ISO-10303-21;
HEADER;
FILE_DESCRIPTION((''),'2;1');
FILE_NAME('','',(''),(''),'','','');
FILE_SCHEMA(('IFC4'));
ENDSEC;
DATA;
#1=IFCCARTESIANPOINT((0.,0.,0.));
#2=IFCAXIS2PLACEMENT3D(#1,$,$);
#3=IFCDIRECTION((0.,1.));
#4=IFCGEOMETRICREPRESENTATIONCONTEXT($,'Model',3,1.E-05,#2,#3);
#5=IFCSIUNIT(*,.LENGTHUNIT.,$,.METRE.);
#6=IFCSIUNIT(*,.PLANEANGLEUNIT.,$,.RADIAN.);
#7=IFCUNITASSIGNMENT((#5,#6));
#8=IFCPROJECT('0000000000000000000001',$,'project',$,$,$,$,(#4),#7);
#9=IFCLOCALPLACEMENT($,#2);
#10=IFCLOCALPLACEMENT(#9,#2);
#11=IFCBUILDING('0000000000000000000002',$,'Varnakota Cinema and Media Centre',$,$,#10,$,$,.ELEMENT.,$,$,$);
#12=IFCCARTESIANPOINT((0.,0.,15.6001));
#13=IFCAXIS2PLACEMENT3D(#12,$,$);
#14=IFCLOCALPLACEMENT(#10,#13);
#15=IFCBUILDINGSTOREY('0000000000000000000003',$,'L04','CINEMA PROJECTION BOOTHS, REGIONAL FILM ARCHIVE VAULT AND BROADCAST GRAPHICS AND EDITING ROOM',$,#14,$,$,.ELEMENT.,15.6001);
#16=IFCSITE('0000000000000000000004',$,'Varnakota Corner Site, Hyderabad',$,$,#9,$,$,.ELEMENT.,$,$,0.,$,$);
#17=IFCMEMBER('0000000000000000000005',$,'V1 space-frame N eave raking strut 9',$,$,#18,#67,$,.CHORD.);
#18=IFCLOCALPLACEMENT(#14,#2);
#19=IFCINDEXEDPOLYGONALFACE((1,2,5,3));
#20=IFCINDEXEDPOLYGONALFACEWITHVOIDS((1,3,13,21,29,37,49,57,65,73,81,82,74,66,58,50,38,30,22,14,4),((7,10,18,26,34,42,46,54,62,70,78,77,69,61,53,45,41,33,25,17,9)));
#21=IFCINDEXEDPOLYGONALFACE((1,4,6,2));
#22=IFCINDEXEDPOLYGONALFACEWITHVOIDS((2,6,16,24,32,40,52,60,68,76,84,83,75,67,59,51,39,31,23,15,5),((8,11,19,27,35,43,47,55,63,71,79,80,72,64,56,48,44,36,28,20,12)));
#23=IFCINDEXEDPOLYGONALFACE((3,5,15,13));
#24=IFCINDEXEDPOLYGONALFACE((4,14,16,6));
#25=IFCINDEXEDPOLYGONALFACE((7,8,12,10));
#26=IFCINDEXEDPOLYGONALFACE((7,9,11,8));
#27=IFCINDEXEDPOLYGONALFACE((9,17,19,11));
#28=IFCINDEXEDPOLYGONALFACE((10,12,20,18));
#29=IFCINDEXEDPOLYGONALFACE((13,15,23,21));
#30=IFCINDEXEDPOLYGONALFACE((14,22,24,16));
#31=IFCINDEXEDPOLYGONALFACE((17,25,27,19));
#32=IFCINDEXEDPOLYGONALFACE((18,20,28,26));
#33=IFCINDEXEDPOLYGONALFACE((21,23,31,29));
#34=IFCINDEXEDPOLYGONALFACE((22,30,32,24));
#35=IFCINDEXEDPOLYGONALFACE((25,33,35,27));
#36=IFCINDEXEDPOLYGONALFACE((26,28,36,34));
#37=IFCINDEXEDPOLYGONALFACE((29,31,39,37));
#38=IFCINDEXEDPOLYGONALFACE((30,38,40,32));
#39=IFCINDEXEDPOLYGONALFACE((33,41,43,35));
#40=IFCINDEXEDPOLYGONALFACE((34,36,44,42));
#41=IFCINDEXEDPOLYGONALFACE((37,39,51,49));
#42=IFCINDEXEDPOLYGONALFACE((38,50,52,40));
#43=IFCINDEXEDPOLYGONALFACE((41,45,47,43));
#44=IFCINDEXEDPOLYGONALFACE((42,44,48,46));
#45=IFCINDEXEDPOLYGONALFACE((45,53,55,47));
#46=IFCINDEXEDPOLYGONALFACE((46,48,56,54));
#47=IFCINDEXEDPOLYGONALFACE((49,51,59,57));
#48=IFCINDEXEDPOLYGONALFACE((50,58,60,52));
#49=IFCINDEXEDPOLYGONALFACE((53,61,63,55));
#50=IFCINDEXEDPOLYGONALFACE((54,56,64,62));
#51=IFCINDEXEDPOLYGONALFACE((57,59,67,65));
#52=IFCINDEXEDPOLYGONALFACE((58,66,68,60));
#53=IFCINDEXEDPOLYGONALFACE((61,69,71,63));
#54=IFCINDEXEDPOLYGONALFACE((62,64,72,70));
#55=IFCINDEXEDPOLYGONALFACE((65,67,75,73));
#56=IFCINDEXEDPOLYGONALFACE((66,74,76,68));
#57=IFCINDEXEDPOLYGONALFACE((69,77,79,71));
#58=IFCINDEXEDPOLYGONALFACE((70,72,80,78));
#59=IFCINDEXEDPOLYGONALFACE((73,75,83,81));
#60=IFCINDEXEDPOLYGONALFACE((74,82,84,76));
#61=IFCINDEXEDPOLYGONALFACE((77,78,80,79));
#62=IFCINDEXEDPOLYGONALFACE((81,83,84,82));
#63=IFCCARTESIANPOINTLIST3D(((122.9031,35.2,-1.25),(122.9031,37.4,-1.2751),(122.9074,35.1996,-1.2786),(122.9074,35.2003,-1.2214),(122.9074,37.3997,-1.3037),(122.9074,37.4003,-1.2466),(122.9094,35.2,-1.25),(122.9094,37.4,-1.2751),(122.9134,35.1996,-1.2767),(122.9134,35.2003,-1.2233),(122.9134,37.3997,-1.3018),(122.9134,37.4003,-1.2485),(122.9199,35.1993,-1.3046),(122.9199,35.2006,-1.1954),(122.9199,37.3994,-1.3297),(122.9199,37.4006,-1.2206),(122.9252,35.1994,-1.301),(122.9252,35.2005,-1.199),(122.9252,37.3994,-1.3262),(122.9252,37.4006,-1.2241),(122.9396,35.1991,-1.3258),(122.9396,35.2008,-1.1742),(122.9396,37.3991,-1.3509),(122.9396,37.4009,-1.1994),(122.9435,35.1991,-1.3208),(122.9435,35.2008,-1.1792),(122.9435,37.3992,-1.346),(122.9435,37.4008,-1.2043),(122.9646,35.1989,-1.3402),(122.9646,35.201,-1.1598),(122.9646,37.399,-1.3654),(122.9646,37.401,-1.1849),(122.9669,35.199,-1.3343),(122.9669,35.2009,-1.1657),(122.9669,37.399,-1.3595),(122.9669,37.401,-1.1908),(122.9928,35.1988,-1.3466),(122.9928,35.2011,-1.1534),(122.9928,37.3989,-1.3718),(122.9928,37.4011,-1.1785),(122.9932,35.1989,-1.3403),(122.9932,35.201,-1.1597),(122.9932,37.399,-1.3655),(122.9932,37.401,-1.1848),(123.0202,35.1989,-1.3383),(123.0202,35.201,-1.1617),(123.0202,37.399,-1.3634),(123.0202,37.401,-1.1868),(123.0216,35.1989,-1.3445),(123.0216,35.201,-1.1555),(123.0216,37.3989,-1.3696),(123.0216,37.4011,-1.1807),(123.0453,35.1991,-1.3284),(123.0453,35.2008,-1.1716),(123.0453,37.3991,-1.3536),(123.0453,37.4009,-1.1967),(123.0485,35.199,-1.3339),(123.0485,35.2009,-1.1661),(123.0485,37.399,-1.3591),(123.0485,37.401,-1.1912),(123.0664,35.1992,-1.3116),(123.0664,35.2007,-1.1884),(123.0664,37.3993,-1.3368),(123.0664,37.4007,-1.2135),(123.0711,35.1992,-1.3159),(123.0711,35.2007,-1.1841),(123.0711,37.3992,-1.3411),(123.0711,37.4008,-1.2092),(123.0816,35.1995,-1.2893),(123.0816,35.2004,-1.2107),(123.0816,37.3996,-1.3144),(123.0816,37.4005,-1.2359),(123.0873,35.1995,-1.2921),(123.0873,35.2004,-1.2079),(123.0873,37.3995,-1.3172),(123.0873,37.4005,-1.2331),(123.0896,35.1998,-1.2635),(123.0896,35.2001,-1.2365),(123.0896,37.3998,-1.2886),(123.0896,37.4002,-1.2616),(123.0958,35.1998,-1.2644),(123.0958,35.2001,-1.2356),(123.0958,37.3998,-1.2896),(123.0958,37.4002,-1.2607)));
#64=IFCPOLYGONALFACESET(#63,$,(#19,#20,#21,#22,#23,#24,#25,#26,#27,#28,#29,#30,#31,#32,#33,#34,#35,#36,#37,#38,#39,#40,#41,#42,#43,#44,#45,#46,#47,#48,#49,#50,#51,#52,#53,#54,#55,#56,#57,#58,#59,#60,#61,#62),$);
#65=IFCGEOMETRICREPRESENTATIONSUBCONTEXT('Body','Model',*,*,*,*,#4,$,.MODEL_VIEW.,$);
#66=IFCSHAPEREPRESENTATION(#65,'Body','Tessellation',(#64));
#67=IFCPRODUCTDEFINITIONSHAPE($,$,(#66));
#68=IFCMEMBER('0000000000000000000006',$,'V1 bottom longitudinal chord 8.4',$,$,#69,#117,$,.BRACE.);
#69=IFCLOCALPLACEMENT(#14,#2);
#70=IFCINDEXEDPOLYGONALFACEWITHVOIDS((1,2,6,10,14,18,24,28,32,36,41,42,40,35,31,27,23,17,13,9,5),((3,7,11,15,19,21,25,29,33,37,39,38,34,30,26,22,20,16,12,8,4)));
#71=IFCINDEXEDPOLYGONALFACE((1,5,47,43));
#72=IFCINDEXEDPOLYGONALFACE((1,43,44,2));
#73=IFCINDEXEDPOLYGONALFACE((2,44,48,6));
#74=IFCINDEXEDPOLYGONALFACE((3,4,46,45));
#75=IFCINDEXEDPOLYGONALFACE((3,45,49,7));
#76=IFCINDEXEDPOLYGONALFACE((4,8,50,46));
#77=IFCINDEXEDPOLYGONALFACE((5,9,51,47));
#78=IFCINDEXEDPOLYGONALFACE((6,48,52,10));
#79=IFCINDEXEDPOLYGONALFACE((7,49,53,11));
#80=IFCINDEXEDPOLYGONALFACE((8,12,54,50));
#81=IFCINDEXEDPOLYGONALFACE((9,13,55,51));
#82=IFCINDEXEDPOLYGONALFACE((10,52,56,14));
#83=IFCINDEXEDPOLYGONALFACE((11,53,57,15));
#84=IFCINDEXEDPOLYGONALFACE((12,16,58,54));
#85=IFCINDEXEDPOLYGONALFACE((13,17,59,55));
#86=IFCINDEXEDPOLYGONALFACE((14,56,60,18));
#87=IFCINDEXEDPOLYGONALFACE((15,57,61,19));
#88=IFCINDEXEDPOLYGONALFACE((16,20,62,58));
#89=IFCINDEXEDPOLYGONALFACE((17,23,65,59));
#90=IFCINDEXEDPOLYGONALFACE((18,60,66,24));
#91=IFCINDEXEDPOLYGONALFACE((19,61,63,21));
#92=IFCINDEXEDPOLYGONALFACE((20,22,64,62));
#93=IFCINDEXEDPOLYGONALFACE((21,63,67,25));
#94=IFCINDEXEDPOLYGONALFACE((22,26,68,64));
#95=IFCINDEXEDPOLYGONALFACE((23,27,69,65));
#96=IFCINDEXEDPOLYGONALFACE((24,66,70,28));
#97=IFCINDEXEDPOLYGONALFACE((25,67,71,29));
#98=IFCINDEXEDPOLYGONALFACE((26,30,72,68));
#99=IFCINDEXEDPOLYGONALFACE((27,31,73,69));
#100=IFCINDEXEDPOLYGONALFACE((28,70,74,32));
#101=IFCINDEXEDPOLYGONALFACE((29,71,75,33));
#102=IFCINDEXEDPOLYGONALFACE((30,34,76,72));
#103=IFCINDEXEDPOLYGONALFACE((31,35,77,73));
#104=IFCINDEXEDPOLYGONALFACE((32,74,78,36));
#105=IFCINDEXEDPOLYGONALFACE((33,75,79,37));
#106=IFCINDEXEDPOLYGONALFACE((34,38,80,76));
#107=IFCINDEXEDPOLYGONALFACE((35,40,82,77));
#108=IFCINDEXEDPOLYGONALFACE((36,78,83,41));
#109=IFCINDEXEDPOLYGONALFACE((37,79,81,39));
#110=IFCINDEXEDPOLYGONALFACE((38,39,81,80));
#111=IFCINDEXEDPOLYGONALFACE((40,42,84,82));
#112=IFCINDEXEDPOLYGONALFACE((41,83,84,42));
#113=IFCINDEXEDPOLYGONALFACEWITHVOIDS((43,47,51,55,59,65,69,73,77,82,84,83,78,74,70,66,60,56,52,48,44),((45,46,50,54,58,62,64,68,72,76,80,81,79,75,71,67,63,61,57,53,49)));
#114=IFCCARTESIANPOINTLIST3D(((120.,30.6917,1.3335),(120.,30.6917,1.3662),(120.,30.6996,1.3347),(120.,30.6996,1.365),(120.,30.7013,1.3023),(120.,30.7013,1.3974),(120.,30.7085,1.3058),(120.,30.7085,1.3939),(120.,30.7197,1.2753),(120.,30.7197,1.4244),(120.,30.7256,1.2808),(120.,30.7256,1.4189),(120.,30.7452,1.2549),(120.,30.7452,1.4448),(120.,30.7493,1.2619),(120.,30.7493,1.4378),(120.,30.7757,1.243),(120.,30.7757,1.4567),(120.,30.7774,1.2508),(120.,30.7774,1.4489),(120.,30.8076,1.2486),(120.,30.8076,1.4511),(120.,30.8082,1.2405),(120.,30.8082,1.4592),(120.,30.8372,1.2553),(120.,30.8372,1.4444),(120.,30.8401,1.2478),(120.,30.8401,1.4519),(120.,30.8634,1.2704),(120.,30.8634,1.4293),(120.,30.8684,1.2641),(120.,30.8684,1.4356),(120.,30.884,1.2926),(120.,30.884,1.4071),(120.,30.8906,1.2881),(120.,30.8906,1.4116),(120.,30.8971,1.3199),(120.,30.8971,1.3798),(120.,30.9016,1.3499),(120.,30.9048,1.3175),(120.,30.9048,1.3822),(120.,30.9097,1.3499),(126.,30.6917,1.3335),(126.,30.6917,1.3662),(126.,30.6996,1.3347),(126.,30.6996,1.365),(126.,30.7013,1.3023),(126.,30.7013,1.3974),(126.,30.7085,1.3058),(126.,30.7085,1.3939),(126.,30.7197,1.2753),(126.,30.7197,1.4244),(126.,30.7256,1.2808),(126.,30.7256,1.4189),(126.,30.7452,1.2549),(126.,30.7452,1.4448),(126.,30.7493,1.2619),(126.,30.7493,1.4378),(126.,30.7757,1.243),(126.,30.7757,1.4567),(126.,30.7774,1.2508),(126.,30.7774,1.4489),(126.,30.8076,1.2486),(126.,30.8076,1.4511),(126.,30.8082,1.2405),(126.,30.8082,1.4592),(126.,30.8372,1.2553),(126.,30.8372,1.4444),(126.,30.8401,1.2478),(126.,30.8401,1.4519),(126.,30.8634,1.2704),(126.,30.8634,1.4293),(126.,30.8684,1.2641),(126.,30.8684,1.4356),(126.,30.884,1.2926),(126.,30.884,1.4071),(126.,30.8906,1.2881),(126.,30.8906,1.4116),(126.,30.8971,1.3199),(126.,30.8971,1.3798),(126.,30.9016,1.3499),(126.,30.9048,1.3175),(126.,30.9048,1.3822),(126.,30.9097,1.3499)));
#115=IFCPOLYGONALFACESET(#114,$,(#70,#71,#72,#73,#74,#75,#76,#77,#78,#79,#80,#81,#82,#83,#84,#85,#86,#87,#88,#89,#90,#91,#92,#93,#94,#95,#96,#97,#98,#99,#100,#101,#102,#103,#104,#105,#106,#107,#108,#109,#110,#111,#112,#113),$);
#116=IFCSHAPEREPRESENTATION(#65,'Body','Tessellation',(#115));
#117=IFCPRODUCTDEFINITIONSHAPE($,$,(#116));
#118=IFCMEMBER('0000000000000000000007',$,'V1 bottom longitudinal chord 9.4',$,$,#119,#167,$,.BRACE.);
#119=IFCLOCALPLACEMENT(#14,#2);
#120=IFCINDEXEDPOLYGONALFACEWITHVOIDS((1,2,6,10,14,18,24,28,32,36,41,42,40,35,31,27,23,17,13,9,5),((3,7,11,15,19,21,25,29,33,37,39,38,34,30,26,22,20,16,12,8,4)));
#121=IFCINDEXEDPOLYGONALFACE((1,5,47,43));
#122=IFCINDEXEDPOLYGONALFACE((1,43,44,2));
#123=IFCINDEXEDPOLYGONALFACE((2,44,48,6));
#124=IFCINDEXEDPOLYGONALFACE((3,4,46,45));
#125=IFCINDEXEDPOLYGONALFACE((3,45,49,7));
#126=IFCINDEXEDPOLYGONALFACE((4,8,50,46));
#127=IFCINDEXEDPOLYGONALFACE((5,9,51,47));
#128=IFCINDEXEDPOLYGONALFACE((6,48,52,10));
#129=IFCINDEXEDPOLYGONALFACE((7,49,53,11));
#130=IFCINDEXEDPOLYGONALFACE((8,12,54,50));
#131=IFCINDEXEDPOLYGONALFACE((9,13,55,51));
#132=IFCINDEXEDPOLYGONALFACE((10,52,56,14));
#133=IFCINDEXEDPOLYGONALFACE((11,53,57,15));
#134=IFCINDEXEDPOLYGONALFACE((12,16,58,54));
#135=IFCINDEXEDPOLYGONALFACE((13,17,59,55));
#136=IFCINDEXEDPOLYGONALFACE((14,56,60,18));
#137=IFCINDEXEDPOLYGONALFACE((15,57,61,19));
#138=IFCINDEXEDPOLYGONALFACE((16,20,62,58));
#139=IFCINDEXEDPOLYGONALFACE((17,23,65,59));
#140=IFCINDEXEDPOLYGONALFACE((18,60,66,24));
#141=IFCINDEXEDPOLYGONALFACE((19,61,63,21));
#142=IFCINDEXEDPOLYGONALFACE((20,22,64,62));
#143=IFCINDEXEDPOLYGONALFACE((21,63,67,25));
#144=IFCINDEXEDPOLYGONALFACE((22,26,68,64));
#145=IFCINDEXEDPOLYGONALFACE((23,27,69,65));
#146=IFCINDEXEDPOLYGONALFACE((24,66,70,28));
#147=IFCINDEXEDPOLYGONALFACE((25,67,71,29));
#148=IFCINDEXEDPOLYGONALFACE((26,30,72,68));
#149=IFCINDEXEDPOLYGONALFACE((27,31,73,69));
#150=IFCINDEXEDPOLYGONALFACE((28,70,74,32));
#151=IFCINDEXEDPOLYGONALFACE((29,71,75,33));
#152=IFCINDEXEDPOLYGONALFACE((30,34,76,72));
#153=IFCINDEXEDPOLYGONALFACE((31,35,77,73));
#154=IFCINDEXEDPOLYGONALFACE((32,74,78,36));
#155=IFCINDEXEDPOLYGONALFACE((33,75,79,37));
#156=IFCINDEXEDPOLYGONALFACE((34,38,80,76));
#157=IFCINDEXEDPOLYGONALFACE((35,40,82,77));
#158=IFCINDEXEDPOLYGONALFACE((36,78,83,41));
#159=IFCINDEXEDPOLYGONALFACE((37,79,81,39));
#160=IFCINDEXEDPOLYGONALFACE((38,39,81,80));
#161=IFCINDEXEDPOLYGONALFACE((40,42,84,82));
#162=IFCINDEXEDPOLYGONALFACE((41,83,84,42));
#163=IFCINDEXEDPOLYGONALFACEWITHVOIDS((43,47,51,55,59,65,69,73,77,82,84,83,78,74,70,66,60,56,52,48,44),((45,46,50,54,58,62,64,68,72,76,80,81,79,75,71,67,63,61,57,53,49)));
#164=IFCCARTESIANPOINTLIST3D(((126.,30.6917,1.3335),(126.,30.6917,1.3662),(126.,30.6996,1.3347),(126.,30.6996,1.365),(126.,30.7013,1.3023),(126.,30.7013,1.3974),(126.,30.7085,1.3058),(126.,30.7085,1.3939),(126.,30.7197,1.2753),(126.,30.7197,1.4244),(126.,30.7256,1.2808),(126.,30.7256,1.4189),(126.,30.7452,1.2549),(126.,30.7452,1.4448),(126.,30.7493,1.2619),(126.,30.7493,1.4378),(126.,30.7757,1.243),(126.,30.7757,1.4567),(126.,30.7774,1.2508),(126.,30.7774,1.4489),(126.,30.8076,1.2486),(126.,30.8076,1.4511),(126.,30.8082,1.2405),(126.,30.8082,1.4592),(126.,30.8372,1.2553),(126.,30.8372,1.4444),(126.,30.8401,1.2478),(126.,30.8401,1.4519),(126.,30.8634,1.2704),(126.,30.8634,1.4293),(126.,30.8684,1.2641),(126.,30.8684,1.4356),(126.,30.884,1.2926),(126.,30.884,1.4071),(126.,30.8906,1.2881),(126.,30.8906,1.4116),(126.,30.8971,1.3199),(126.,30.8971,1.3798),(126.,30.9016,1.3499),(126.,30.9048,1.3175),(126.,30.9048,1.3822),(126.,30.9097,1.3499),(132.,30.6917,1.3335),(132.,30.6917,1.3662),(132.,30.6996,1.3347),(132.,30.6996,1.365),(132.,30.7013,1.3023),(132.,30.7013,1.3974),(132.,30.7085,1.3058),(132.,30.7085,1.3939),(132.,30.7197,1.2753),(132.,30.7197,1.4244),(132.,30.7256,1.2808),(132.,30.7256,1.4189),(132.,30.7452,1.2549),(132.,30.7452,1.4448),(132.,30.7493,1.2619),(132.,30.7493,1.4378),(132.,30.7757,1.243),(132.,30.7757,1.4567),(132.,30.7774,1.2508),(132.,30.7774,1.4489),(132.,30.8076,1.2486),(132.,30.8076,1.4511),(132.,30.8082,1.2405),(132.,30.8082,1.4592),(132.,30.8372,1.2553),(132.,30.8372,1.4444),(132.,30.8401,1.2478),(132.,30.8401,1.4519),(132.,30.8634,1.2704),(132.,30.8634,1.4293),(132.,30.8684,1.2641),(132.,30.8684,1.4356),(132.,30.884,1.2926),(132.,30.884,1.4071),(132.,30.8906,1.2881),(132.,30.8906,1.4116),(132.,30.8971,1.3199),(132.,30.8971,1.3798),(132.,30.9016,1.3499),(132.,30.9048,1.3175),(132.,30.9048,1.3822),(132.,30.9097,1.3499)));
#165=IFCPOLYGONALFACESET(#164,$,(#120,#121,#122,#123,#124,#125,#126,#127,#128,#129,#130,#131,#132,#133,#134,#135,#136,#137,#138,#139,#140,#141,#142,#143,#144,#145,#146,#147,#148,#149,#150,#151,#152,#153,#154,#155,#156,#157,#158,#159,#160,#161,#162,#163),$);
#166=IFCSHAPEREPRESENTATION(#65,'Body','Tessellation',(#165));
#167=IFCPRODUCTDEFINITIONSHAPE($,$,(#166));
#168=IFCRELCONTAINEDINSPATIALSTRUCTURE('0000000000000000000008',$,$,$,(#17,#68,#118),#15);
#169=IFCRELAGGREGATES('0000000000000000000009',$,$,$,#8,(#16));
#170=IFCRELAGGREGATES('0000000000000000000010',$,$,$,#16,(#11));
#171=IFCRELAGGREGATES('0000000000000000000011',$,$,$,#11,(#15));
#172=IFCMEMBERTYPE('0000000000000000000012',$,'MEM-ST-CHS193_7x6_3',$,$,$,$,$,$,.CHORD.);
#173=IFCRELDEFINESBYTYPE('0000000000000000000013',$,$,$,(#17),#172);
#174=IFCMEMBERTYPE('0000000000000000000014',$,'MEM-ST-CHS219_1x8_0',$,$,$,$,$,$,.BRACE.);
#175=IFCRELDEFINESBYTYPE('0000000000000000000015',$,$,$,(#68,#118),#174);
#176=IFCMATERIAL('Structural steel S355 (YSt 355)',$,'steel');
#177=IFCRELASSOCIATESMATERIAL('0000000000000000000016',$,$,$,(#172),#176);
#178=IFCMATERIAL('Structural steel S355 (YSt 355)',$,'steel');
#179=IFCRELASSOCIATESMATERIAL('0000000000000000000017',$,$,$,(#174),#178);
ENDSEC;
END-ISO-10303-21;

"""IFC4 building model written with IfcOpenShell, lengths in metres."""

from ifc_helpers import new_model, si_unit, direction, frame, origin, origin_2d, place, context, subcontext, project, spatial, hollow_circle, extrude, material, material_profile, profile_set, type_object, element, save


model = new_model("IFC4")

# Units and contexts
model_context = context("Model", 3, precision=1e-05, world=origin(), true_north=direction((0.0, 1.0)))
body_context = subcontext(model_context, "Body", "Model", "MODEL_VIEW")
ifc_project = project(units=[si_unit("LENGTHUNIT", "METRE"), si_unit("PLANEANGLEUNIT", "RADIAN")], contexts=[model_context])

# Site, building, storey
site_placement = place(None, origin())
site = spatial("IfcSite", under=ifc_project, at=site_placement, Name="Varnakota Corner Site, Hyderabad", CompositionType="ELEMENT", RefElevation=0.0)
building_placement = place(site_placement, origin())
building = spatial("IfcBuilding", under=site, at=building_placement, Name="Varnakota Cinema and Media Centre", CompositionType="ELEMENT")
storey_placement = place(building_placement, frame((0.0, 0.0, 15.6001)))
storey = spatial("IfcBuildingStorey", under=building, at=storey_placement, Name="L04", Description="CINEMA PROJECTION BOOTHS, REGIONAL FILM ARCHIVE VAULT AND BROADCAST GRAPHICS AND EDITING ROOM", CompositionType="ELEMENT", Elevation=15.6001)

# Members
ifc_material_1 = material(Name="Structural steel S355 (YSt 355)", Category="steel")
ifc_material_profile_1 = material_profile(ifc_material_1, hollow_circle(Radius=0.0969, WallThickness=0.0063, at=origin_2d()), Name="CHS 193.7x6.3")
ifc_profile_set_1 = profile_set([ifc_material_profile_1], Name="Structural steel S355 (YSt 355)")
member_type_1 = type_object("IfcMemberType", Name="MEM-ST-CHS193_7x6_3", PredefinedType="CHORD", material=ifc_profile_set_1)
for number, where, z_axis, x_axis, name in (
    (1, (123.0, 35.2, -1.25), (0.0, 0.999935, -0.01143), (-1.0, 0.0, 0.0), "V1 space-frame N eave raking strut 9"),
):
    element("IfcMember", number, at=place(storey_placement, frame(where, z_axis=z_axis, x_axis=x_axis)), inside=storey, type_object=member_type_1, Name=name, PredefinedType="CHORD", context=body_context, shape_type="SweptSolid", body=[
        extrude(hollow_circle(Radius=0.0969, WallThickness=0.0063, at=origin_2d()), origin(), (0.0, 0.0, 1.0), 2.2002),
    ])
ifc_material_2 = material(Name="Structural steel S355 (YSt 355)", Category="steel")
ifc_material_profile_2 = material_profile(ifc_material_2, hollow_circle(Radius=0.1096, WallThickness=0.0081, at=origin_2d()), Name="CHS 219.1x8.0")
ifc_profile_set_2 = profile_set([ifc_material_profile_2], Name="Structural steel S355 (YSt 355)")
member_type_2 = type_object("IfcMemberType", Name="MEM-ST-CHS219_1x8_0", PredefinedType="BRACE", material=ifc_profile_set_2)
for number, where, z_axis, x_axis, name in (
    (2, (120.0, 30.8, 1.3499), (1.0, 0.0, 0.0), (0.0, 1.0, 0.0), "V1 bottom longitudinal chord 8.4"),
    (3, (126.0, 30.8, 1.3499), (1.0, 0.0, 0.0), (0.0, 1.0, 0.0), "V1 bottom longitudinal chord 9.4"),
):
    element("IfcMember", number, at=place(storey_placement, frame(where, z_axis=z_axis, x_axis=x_axis)), inside=storey, type_object=member_type_2, Name=name, PredefinedType="BRACE", context=body_context, shape_type="SweptSolid", body=[
        extrude(hollow_circle(Radius=0.1096, WallThickness=0.0081, at=origin_2d()), origin(), (0.0, 0.0, 1.0), 6.0),
    ])

save(model, "model.ifc")
